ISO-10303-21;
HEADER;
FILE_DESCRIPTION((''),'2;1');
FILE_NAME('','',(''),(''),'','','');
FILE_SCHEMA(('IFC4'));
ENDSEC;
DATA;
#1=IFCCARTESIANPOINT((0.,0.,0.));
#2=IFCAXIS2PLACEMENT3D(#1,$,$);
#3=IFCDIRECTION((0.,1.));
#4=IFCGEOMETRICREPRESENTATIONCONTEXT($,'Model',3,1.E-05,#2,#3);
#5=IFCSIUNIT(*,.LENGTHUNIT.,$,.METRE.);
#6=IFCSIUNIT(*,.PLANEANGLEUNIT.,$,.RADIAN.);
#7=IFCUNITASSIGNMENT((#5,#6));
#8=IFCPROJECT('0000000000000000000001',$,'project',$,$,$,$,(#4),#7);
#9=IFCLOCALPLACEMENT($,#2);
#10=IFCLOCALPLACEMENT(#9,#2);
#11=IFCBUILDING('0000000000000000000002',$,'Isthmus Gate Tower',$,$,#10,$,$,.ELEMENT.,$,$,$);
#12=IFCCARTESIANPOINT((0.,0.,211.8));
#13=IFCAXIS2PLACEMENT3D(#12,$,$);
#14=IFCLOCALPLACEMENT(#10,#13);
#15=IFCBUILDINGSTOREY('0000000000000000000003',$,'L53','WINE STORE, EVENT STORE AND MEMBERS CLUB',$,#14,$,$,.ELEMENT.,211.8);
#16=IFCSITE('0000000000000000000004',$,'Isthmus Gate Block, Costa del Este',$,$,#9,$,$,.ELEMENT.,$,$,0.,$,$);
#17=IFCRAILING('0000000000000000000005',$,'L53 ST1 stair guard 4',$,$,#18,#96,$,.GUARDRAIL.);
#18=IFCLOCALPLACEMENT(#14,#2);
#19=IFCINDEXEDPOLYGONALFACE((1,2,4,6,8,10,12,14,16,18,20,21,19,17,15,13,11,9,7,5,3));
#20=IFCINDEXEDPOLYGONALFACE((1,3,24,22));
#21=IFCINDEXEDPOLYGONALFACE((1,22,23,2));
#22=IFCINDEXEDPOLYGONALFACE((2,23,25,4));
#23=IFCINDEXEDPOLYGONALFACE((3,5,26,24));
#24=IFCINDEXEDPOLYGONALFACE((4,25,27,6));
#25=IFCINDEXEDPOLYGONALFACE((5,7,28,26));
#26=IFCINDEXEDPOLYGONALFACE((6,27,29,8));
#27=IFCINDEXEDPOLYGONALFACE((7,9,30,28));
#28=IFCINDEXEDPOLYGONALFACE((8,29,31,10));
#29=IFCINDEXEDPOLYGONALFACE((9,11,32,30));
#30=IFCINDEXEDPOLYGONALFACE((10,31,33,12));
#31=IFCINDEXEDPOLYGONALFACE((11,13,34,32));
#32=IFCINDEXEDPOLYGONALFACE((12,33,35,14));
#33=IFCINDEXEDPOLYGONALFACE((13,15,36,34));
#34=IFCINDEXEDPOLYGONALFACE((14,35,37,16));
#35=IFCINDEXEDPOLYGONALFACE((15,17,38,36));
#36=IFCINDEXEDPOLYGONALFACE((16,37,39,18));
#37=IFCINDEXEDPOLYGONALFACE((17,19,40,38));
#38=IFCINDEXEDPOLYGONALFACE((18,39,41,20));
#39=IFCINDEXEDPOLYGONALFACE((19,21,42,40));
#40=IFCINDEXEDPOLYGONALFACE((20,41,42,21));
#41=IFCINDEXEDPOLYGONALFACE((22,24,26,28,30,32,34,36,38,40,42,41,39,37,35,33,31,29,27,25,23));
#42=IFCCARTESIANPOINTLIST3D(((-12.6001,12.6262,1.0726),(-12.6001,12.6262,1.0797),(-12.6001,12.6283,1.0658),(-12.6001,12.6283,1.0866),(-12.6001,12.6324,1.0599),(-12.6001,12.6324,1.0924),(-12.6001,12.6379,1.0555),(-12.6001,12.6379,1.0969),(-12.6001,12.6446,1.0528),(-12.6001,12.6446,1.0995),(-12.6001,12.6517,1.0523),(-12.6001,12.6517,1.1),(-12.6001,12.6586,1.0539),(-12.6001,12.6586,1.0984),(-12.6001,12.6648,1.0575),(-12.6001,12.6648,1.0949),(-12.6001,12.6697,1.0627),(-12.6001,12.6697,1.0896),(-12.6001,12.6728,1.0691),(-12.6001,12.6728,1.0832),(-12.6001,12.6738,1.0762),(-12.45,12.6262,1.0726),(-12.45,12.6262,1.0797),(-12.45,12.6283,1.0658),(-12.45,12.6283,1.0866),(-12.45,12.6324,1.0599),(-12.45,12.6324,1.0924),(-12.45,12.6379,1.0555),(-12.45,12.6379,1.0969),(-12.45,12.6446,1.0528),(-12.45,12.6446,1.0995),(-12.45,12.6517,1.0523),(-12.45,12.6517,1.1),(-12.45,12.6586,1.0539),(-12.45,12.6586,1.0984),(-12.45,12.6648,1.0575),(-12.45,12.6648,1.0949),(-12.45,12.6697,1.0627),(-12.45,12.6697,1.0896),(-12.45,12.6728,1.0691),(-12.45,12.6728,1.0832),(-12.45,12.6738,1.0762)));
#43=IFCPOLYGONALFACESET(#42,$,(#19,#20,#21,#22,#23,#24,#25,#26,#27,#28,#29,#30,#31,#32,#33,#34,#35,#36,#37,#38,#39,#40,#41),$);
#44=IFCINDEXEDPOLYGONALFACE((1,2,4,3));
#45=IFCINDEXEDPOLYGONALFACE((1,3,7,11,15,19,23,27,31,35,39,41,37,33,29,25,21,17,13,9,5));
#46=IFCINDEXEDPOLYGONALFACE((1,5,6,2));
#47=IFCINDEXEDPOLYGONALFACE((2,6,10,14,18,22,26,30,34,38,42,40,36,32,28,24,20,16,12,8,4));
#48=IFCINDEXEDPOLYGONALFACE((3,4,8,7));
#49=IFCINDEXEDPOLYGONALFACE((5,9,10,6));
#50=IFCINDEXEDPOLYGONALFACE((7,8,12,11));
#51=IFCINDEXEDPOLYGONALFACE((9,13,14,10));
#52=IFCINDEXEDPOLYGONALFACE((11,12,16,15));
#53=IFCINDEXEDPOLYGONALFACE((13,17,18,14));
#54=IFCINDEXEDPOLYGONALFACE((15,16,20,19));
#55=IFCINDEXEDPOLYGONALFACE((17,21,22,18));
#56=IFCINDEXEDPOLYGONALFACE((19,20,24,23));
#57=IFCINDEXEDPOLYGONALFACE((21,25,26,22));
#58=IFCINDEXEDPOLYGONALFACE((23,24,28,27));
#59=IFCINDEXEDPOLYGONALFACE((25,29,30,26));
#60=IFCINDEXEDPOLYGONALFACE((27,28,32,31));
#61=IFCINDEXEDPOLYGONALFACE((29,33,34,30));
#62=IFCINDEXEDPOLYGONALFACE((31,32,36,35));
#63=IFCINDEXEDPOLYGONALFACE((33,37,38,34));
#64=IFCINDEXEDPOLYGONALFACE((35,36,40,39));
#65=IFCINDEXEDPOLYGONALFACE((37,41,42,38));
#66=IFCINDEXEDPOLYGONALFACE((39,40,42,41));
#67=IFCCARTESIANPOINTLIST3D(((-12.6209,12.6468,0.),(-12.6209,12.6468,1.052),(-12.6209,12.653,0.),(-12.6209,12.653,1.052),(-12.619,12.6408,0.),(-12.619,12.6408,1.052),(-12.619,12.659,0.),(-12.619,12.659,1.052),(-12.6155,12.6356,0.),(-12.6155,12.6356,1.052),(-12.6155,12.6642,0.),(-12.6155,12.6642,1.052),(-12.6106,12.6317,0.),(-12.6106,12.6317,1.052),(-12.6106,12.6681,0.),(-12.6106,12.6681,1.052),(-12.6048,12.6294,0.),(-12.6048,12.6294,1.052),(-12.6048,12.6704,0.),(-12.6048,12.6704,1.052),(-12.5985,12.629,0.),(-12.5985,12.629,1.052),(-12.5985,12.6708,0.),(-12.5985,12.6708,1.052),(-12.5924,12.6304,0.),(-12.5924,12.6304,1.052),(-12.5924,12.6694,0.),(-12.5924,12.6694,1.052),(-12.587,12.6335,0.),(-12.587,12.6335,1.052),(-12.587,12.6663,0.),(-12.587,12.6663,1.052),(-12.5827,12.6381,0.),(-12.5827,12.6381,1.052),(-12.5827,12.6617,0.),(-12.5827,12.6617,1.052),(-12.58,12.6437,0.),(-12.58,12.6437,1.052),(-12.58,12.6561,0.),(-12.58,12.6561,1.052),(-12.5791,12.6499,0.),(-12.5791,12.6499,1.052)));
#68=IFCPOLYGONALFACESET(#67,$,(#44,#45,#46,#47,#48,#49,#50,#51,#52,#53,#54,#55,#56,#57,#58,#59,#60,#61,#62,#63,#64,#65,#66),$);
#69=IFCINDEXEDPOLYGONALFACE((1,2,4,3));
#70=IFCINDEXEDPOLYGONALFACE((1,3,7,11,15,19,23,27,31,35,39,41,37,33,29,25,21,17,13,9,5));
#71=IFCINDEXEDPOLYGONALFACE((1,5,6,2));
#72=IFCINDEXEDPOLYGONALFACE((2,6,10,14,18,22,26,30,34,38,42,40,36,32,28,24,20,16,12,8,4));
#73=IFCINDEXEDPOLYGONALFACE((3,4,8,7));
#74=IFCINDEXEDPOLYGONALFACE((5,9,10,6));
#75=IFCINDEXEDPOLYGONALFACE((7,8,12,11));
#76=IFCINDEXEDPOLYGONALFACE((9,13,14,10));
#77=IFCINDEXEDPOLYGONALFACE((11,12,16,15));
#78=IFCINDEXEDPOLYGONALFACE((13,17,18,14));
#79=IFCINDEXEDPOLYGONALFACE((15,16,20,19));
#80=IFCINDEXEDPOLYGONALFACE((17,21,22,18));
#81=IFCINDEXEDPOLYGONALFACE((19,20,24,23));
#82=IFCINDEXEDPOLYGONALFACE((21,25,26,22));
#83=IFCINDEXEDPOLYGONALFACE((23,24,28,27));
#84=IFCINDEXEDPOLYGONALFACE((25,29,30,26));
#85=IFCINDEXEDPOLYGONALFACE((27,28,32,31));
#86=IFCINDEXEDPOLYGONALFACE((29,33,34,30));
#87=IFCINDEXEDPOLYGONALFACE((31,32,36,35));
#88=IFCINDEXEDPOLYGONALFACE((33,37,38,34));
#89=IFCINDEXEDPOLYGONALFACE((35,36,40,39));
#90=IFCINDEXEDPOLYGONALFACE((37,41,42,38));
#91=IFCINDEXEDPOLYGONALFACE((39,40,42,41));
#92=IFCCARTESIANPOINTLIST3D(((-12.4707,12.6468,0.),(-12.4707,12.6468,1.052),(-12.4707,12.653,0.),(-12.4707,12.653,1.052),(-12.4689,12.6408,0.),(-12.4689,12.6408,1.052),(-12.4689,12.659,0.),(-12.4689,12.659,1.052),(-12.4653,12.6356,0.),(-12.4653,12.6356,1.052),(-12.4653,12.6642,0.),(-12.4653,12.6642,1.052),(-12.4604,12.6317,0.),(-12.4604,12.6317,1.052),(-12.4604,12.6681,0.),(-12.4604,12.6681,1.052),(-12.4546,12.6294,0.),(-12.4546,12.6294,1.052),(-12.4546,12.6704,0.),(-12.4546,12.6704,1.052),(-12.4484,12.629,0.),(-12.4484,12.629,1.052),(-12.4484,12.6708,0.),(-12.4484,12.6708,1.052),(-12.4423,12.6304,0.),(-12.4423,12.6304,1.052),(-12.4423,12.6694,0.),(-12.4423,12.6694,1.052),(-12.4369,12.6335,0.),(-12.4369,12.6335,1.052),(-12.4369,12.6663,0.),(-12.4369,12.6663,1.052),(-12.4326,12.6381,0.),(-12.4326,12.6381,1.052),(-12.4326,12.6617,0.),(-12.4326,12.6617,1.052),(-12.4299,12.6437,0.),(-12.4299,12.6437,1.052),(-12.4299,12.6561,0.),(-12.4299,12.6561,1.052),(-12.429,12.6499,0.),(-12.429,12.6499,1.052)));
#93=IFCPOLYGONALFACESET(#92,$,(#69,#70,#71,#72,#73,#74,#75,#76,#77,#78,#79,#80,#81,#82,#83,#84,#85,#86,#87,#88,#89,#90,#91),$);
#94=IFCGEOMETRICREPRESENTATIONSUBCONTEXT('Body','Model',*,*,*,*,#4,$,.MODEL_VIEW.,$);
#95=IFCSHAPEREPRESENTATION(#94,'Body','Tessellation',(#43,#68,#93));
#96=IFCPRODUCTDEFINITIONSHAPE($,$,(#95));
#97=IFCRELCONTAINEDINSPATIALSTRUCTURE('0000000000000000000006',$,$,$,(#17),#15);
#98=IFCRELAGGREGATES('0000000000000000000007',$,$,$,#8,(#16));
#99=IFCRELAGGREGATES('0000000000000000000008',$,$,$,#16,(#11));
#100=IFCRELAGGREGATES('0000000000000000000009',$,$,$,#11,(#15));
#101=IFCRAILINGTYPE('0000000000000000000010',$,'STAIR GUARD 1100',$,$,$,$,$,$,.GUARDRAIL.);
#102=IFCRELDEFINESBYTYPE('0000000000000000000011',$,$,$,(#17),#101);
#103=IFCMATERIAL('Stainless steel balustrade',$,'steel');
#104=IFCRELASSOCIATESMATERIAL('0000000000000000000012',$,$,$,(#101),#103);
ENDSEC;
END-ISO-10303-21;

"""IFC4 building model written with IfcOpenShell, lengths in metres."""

from ifc_helpers import new_model, si_unit, direction, frame, origin, origin_2d, place, context, subcontext, project, spatial, circle, extrude, material, type_object, element, save


model = new_model("IFC4")

# Units and contexts
model_context = context("Model", 3, precision=1e-05, world=origin(), true_north=direction((0.0, 1.0)))
body_context = subcontext(model_context, "Body", "Model", "MODEL_VIEW")
ifc_project = project(units=[si_unit("LENGTHUNIT", "METRE"), si_unit("PLANEANGLEUNIT", "RADIAN")], contexts=[model_context])

# Site, building, storey
site_placement = place(None, origin())
site = spatial("IfcSite", under=ifc_project, at=site_placement, Name="Isthmus Gate Block, Costa del Este", CompositionType="ELEMENT", RefElevation=0.0)
building_placement = place(site_placement, origin())
building = spatial("IfcBuilding", under=site, at=building_placement, Name="Isthmus Gate Tower", CompositionType="ELEMENT")
storey_placement = place(building_placement, frame((0.0, 0.0, 211.8)))
storey = spatial("IfcBuildingStorey", under=building, at=storey_placement, Name="L53", Description="WINE STORE, EVENT STORE AND MEMBERS CLUB", CompositionType="ELEMENT", Elevation=211.8)

# Railing
ifc_material_1 = material(Name="Stainless steel balustrade", Category="steel")
railing_type = type_object("IfcRailingType", Name="STAIR GUARD 1100", PredefinedType="GUARDRAIL", material=ifc_material_1)
railing_1_placement = place(storey_placement, frame((-12.6001, 12.6499, 0.0)))
element("IfcRailing", 1, at=railing_1_placement, inside=storey, type_object=railing_type, Name="L53 ST1 stair guard 4", PredefinedType="GUARDRAIL", context=body_context, shape_type="SweptSolid", body=[
    extrude(circle(Radius=0.0239, at=origin_2d()), frame((0.0, 0.0, 1.0762), z_axis=(1.0, 0.0, 0.0), x_axis=(0.0, 1.0, 0.0)), (0.0, 0.0, 1.0), 0.1501),
    extrude(circle(Radius=0.021, at=origin_2d()), origin(), (0.0, 0.0, 1.0), 1.052),
    extrude(circle(Radius=0.021, at=origin_2d()), frame((0.1501, 0.0, 0.0)), (0.0, 0.0, 1.0), 1.052),
])

save(model, "model.ifc")
